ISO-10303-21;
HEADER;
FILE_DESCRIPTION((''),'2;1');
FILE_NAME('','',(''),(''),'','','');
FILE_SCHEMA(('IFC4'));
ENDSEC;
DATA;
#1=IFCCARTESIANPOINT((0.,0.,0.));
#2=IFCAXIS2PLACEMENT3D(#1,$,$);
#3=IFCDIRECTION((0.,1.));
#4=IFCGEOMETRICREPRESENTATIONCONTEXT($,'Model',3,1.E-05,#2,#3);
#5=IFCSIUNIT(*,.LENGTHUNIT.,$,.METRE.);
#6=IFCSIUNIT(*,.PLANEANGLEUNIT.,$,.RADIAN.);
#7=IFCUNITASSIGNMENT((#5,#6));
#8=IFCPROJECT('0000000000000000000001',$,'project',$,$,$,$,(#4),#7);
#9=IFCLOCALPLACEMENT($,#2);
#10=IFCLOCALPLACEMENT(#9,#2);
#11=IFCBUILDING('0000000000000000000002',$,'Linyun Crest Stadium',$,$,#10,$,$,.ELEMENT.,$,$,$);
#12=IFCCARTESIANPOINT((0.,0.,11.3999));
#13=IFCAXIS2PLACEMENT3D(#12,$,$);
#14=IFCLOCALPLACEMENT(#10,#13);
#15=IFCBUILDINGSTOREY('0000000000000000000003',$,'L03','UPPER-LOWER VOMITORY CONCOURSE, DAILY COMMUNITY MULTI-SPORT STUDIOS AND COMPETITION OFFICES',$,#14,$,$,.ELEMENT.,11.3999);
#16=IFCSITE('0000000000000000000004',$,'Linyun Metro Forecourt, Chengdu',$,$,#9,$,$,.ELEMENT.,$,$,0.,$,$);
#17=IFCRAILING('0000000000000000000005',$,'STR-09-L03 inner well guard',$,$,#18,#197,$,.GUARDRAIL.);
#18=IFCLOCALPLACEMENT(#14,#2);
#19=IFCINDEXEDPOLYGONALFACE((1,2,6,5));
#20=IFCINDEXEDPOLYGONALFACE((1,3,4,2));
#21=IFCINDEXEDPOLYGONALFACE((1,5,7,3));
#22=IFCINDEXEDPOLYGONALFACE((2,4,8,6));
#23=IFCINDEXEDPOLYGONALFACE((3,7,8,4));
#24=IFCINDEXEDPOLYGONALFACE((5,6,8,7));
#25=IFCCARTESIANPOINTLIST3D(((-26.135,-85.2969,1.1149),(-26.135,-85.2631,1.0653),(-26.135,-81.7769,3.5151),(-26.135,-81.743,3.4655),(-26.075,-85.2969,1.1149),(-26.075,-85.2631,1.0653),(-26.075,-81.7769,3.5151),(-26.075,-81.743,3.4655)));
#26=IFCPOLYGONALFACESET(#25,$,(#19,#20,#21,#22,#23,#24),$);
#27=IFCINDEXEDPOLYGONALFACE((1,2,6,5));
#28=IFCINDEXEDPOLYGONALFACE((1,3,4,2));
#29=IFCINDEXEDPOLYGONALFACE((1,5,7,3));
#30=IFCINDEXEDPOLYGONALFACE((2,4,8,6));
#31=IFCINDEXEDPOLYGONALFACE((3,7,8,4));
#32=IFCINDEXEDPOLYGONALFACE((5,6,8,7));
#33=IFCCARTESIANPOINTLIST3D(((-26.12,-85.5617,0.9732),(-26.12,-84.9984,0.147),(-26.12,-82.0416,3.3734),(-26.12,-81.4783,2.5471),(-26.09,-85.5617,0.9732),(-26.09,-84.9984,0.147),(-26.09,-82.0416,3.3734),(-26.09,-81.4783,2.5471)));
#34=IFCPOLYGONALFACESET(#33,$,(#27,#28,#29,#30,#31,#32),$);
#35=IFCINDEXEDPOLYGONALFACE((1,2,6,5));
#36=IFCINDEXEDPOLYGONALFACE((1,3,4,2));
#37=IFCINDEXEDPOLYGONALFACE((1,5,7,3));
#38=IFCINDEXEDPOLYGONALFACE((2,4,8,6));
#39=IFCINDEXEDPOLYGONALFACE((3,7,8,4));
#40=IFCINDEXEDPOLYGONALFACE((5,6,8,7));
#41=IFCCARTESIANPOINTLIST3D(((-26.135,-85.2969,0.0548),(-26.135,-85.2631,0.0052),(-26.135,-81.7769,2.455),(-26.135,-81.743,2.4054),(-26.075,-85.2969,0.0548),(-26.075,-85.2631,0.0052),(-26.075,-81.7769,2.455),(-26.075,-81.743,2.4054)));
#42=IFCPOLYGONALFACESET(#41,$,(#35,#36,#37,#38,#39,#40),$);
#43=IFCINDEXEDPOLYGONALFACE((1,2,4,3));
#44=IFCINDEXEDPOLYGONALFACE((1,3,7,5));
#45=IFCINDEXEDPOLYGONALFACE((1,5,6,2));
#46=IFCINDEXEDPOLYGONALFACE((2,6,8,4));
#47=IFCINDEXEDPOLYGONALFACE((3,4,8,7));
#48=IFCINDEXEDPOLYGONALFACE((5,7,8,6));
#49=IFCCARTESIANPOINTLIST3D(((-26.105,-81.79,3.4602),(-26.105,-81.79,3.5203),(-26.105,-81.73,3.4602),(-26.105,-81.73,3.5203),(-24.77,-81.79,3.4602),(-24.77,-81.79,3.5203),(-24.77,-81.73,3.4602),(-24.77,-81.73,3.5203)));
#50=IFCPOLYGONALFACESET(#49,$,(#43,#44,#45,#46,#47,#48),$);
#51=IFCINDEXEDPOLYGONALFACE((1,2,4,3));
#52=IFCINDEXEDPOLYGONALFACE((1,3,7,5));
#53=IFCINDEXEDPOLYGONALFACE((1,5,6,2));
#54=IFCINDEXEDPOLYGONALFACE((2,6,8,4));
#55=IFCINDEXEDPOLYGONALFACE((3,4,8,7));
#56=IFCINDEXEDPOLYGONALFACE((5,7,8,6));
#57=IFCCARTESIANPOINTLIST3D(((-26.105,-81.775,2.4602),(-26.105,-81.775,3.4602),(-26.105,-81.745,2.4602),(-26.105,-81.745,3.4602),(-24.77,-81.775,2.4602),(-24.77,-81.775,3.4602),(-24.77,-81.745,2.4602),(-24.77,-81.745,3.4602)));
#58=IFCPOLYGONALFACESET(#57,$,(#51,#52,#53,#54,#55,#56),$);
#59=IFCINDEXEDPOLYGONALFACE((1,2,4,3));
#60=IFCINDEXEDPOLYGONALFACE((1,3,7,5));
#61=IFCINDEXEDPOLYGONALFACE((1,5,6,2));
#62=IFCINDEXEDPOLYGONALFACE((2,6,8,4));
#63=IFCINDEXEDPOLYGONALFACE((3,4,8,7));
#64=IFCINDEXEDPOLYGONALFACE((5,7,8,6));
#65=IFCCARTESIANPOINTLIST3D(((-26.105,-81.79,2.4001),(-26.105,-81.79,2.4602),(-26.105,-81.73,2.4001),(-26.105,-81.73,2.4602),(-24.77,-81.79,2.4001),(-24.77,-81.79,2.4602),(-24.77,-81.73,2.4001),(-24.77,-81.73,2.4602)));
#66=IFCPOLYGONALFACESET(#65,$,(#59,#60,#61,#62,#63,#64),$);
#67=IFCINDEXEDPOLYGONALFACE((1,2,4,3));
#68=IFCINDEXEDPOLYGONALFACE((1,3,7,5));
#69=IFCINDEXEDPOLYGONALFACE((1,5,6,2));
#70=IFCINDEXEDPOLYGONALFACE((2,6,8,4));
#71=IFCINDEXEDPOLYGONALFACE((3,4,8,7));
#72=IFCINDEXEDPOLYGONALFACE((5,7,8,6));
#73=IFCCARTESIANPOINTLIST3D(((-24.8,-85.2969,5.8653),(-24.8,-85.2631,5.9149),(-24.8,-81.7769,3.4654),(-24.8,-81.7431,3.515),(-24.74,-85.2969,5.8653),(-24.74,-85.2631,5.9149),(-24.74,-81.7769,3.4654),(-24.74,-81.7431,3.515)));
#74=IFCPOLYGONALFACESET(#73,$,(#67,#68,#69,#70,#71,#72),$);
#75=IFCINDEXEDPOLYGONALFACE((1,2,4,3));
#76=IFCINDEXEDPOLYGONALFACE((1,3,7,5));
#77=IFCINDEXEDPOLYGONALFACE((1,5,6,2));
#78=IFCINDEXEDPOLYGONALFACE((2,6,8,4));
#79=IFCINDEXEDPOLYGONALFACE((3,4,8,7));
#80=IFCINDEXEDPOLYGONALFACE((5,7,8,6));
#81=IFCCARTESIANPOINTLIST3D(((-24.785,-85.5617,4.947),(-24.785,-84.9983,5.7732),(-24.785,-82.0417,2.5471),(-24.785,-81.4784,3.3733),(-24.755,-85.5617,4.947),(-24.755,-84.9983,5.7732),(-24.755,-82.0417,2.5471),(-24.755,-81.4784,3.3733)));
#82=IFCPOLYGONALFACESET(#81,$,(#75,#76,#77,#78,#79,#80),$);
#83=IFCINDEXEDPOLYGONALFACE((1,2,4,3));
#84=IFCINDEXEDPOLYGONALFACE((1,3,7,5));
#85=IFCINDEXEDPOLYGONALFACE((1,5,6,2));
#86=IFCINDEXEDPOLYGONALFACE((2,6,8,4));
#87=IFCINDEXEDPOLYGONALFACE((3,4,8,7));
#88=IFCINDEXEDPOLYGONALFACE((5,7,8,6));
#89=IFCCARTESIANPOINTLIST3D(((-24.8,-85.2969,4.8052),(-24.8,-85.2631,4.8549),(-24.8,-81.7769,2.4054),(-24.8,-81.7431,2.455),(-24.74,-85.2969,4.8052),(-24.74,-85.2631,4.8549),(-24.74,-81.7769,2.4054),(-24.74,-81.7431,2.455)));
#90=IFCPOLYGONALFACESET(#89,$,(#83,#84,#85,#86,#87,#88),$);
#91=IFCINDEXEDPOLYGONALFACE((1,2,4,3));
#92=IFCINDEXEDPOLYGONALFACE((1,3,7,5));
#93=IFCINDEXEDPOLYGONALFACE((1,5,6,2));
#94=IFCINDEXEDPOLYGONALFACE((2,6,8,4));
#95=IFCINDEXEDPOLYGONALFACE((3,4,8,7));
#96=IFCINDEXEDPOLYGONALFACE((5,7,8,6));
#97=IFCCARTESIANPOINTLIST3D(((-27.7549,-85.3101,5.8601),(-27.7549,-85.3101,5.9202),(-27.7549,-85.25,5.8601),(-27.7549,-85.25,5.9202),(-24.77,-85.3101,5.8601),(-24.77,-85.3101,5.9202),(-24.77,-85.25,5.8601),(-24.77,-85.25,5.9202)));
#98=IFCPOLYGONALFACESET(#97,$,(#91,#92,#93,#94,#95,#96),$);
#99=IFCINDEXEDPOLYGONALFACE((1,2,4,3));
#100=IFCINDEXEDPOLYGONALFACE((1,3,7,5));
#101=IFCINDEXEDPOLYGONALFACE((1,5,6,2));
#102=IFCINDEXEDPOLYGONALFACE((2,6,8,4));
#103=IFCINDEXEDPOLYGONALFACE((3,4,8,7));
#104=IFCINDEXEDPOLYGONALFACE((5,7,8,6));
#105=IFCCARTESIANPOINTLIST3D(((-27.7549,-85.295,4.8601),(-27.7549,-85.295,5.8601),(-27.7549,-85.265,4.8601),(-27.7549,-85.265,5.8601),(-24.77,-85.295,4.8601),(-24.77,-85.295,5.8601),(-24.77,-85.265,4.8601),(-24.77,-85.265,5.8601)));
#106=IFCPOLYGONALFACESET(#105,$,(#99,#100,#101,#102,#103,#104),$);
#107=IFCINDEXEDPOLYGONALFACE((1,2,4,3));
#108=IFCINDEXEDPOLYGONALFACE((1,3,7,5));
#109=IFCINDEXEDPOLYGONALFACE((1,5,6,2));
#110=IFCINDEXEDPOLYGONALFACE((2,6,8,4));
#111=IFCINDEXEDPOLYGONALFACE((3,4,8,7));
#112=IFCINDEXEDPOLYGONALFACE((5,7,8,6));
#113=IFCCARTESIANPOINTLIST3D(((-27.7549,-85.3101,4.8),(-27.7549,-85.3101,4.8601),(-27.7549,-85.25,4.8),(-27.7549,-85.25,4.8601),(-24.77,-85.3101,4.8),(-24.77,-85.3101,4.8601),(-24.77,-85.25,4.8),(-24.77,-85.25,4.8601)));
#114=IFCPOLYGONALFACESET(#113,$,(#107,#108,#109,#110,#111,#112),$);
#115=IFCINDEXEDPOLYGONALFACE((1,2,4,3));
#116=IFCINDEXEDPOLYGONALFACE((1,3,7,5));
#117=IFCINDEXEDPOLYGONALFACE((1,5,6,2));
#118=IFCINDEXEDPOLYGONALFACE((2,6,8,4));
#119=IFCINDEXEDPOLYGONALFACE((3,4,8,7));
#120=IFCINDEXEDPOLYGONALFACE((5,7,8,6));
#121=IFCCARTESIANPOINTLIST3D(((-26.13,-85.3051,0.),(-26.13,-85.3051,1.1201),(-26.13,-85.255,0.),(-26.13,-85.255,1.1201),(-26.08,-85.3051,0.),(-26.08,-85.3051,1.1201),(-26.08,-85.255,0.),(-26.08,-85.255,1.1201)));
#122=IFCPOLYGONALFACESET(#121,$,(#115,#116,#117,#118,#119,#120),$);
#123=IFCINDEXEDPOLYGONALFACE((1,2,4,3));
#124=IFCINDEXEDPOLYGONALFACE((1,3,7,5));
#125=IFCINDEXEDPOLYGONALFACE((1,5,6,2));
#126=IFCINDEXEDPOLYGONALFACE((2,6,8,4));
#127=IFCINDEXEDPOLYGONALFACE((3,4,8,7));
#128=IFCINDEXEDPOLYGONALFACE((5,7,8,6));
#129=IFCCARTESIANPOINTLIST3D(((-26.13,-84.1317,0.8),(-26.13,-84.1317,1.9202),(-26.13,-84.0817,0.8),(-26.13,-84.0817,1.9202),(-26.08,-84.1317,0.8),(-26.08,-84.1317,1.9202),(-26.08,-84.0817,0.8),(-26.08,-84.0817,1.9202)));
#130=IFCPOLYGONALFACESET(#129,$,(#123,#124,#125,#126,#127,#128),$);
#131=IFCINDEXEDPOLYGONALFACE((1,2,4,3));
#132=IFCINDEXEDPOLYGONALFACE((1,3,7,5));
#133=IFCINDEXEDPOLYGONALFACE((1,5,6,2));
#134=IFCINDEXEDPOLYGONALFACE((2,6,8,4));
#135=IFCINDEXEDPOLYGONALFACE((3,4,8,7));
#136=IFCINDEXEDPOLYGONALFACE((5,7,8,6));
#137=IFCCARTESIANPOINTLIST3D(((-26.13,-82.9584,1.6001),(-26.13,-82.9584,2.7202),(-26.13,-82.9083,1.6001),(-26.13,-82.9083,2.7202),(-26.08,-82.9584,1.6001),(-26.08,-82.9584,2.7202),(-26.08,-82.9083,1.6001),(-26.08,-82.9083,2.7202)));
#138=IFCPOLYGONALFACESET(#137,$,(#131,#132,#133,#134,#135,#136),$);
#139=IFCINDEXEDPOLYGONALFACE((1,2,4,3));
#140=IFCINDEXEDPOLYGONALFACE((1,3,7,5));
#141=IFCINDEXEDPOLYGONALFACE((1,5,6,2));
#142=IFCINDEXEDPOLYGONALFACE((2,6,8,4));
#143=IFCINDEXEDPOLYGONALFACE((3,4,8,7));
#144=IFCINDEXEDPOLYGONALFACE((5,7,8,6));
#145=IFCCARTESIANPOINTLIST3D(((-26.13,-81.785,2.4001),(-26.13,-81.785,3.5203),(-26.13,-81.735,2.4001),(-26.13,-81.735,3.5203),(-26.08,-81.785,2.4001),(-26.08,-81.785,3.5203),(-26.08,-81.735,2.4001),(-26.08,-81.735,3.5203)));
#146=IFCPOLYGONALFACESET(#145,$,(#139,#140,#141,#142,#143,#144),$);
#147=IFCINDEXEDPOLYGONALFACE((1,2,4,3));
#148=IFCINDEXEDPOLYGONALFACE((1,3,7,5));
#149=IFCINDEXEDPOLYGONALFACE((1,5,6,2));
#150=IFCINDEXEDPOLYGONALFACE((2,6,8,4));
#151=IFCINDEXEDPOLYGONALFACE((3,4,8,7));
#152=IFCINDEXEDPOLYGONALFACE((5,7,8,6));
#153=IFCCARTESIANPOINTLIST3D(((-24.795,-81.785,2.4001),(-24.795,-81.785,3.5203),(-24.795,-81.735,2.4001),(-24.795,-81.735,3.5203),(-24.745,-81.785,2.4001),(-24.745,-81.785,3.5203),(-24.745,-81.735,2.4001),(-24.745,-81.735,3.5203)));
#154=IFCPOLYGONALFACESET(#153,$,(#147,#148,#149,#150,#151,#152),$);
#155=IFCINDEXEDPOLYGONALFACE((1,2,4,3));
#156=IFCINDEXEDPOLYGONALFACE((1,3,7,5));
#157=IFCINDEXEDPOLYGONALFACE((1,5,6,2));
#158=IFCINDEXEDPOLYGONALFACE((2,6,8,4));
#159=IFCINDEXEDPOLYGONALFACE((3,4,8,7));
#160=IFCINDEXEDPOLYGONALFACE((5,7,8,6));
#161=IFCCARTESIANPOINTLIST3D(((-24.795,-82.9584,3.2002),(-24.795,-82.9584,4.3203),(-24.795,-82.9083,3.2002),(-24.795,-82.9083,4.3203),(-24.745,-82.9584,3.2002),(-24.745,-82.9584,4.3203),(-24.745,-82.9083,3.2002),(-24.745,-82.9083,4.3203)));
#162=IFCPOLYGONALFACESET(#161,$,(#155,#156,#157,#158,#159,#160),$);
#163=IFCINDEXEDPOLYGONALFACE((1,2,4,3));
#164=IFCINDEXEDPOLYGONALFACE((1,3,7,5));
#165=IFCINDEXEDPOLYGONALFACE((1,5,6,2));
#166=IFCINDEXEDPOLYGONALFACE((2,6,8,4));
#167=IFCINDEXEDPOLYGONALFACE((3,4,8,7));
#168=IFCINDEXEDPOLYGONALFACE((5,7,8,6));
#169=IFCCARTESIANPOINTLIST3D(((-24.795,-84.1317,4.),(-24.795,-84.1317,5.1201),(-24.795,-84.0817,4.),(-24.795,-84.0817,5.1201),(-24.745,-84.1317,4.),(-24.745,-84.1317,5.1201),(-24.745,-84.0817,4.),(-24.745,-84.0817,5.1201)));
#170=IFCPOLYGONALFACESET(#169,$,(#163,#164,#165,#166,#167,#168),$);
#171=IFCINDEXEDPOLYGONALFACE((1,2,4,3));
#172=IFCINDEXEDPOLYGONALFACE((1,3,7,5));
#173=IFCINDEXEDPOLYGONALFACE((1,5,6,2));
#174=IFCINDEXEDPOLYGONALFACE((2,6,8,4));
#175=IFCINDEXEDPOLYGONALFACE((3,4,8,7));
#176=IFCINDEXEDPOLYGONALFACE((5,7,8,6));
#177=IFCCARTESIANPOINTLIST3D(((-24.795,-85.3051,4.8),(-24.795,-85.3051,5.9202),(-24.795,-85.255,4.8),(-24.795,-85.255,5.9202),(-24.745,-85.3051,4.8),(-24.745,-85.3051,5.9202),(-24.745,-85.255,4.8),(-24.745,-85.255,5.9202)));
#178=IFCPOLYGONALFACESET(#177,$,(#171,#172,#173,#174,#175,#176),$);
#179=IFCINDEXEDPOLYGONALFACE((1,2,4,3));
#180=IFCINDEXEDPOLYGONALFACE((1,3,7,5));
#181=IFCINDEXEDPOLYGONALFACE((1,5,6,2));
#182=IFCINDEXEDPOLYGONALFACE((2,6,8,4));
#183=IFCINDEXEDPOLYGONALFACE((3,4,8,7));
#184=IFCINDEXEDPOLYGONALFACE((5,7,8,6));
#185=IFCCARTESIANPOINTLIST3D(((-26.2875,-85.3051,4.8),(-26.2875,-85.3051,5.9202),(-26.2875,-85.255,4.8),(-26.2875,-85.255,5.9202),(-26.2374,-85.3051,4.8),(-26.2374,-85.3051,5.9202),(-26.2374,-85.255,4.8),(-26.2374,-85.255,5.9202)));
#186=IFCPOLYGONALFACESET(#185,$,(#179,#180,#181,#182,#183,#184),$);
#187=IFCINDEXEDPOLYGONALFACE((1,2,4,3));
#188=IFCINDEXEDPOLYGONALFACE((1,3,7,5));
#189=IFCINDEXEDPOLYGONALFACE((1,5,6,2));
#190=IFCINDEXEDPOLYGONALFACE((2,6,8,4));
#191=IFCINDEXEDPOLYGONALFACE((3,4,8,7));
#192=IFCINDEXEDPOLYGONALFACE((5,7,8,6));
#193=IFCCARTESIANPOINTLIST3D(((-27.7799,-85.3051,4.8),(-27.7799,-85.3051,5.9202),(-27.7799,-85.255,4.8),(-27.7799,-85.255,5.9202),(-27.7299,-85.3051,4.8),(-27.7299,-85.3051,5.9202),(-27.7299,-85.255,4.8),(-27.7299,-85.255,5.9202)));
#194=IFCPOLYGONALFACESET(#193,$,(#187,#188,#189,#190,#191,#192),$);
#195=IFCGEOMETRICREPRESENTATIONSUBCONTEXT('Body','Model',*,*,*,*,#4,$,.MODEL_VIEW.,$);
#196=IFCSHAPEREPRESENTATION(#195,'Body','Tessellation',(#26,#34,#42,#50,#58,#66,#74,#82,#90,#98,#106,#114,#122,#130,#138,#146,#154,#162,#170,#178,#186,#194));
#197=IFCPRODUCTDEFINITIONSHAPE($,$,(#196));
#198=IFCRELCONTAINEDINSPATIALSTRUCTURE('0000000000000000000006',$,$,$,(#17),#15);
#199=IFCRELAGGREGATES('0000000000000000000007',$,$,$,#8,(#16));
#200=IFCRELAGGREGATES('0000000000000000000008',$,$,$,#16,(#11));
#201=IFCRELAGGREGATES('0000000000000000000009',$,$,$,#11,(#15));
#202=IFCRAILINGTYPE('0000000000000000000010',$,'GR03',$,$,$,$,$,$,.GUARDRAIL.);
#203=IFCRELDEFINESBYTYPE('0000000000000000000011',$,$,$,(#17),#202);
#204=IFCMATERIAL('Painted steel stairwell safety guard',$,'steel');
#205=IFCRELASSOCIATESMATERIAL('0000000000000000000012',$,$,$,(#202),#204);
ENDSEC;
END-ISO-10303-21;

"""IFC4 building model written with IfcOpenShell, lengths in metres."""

from ifc_helpers import new_model, si_unit, direction, frame, origin, origin_2d, place, context, subcontext, project, spatial, rectangle, extrude, material, type_object, element, save


model = new_model("IFC4")

# Units and contexts
model_context = context("Model", 3, precision=1e-05, world=origin(), true_north=direction((0.0, 1.0)))
body_context = subcontext(model_context, "Body", "Model", "MODEL_VIEW")
ifc_project = project(units=[si_unit("LENGTHUNIT", "METRE"), si_unit("PLANEANGLEUNIT", "RADIAN")], contexts=[model_context])

# Site, building, storey
site_placement = place(None, origin())
site = spatial("IfcSite", under=ifc_project, at=site_placement, Name="Linyun Metro Forecourt, Chengdu", CompositionType="ELEMENT", RefElevation=0.0)
building_placement = place(site_placement, origin())
building = spatial("IfcBuilding", under=site, at=building_placement, Name="Linyun Crest Stadium", CompositionType="ELEMENT")
storey_placement = place(building_placement, frame((0.0, 0.0, 11.3999)))
storey = spatial("IfcBuildingStorey", under=building, at=storey_placement, Name="L03", Description="UPPER-LOWER VOMITORY CONCOURSE, DAILY COMMUNITY MULTI-SPORT STUDIOS AND COMPETITION OFFICES", CompositionType="ELEMENT", Elevation=11.3999)

# Railing
ifc_material_1 = material(Name="Painted steel stairwell safety guard", Category="steel")
railing_type_1 = type_object("IfcRailingType", Name="GR03", PredefinedType="GUARDRAIL", material=ifc_material_1)
railing_1_placement = place(storey_placement, frame((-26.105, -85.28, 0.0)))
element("IfcRailing", 1, at=railing_1_placement, inside=storey, type_object=railing_type_1, Name="STR-09-L03 inner well guard", PredefinedType="GUARDRAIL", context=body_context, shape_type="SweptSolid", body=[
    extrude(rectangle(XDim=0.0601, YDim=0.0601, at=origin_2d()), frame((0.0, 0.0, 1.0901), z_axis=(0.0, 0.826213, 0.563358), x_axis=(-1.0, 0.0, 0.0)), (0.0, 0.0, 1.0), 4.2605),
    extrude(rectangle(XDim=0.03, YDim=1.0, at=origin_2d()), frame((0.0, 0.0, 0.5601), z_axis=(0.0, 0.826213, 0.563358), x_axis=(-1.0, 0.0, 0.0)), (0.0, 0.0, 1.0), 4.2605),
    extrude(rectangle(XDim=0.0601, YDim=0.0601, at=origin_2d()), frame((0.0, 0.0, 0.03), z_axis=(0.0, 0.826213, 0.563358), x_axis=(-1.0, 0.0, 0.0)), (0.0, 0.0, 1.0), 4.2605),
    extrude(rectangle(XDim=0.0601, YDim=0.0601, at=origin_2d()), frame((0.0, 3.52, 3.4902), z_axis=(1.0, 0.0, 0.0), x_axis=(0.0, 1.0, 0.0)), (0.0, 0.0, 1.0), 1.335),
    extrude(rectangle(XDim=0.03, YDim=1.0, at=origin_2d()), frame((0.0, 3.52, 2.9602), z_axis=(1.0, 0.0, 0.0), x_axis=(0.0, 1.0, 0.0)), (0.0, 0.0, 1.0), 1.335),
    extrude(rectangle(XDim=0.0601, YDim=0.0601, at=origin_2d()), frame((0.0, 3.52, 2.4302), z_axis=(1.0, 0.0, 0.0), x_axis=(0.0, 1.0, 0.0)), (0.0, 0.0, 1.0), 1.335),
    extrude(rectangle(XDim=0.0601, YDim=0.0601, at=origin_2d()), frame((1.335, 3.52, 3.4902), z_axis=(0.0, -0.826239, 0.563319), x_axis=(1.0, 0.0, 0.0)), (0.0, 0.0, 1.0), 4.2603),
    extrude(rectangle(XDim=0.03, YDim=1.0, at=origin_2d()), frame((1.335, 3.52, 2.9602), z_axis=(0.0, -0.826239, 0.563319), x_axis=(1.0, 0.0, 0.0)), (0.0, 0.0, 1.0), 4.2603),
    extrude(rectangle(XDim=0.0601, YDim=0.0601, at=origin_2d()), frame((1.335, 3.52, 2.4302), z_axis=(0.0, -0.826239, 0.563319), x_axis=(1.0, 0.0, 0.0)), (0.0, 0.0, 1.0), 4.2603),
    extrude(rectangle(XDim=0.0601, YDim=0.0601, at=origin_2d()), frame((1.335, 0.0, 5.8901), z_axis=(-1.0, 0.0, 0.0), x_axis=(0.0, -1.0, 0.0)), (0.0, 0.0, 1.0), 2.9849),
    extrude(rectangle(XDim=0.03, YDim=1.0, at=origin_2d()), frame((1.335, 0.0, 5.3601), z_axis=(-1.0, 0.0, 0.0), x_axis=(0.0, -1.0, 0.0)), (0.0, 0.0, 1.0), 2.9849),
    extrude(rectangle(XDim=0.0601, YDim=0.0601, at=origin_2d()), frame((1.335, 0.0, 4.8301), z_axis=(-1.0, 0.0, 0.0), x_axis=(0.0, -1.0, 0.0)), (0.0, 0.0, 1.0), 2.9849),
    extrude(rectangle(XDim=0.05, YDim=0.05, at=origin_2d()), origin(), (0.0, 0.0, 1.0), 1.1201),
    extrude(rectangle(XDim=0.05, YDim=0.05, at=origin_2d()), frame((0.0, 1.1733, 0.8)), (0.0, 0.0, 1.0), 1.1201),
    extrude(rectangle(XDim=0.05, YDim=0.05, at=origin_2d()), frame((0.0, 2.3467, 1.6001)), (0.0, 0.0, 1.0), 1.1201),
    extrude(rectangle(XDim=0.05, YDim=0.05, at=origin_2d()), frame((0.0, 3.52, 2.4001)), (0.0, 0.0, 1.0), 1.1201),
    extrude(rectangle(XDim=0.05, YDim=0.05, at=origin_2d()), frame((1.335, 3.52, 2.4001)), (0.0, 0.0, 1.0), 1.1201),
    extrude(rectangle(XDim=0.05, YDim=0.05, at=origin_2d()), frame((1.335, 2.3467, 3.2002)), (0.0, 0.0, 1.0), 1.1201),
    extrude(rectangle(XDim=0.05, YDim=0.05, at=origin_2d()), frame((1.335, 1.1733, 4.0)), (0.0, 0.0, 1.0), 1.1201),
    extrude(rectangle(XDim=0.05, YDim=0.05, at=origin_2d()), frame((1.335, 0.0, 4.8)), (0.0, 0.0, 1.0), 1.1201),
    extrude(rectangle(XDim=0.05, YDim=0.05, at=origin_2d()), frame((-0.1575, 0.0, 4.8)), (0.0, 0.0, 1.0), 1.1201),
    extrude(rectangle(XDim=0.05, YDim=0.05, at=origin_2d()), frame((-1.6499, 0.0, 4.8)), (0.0, 0.0, 1.0), 1.1201),
])

save(model, "model.ifc")
